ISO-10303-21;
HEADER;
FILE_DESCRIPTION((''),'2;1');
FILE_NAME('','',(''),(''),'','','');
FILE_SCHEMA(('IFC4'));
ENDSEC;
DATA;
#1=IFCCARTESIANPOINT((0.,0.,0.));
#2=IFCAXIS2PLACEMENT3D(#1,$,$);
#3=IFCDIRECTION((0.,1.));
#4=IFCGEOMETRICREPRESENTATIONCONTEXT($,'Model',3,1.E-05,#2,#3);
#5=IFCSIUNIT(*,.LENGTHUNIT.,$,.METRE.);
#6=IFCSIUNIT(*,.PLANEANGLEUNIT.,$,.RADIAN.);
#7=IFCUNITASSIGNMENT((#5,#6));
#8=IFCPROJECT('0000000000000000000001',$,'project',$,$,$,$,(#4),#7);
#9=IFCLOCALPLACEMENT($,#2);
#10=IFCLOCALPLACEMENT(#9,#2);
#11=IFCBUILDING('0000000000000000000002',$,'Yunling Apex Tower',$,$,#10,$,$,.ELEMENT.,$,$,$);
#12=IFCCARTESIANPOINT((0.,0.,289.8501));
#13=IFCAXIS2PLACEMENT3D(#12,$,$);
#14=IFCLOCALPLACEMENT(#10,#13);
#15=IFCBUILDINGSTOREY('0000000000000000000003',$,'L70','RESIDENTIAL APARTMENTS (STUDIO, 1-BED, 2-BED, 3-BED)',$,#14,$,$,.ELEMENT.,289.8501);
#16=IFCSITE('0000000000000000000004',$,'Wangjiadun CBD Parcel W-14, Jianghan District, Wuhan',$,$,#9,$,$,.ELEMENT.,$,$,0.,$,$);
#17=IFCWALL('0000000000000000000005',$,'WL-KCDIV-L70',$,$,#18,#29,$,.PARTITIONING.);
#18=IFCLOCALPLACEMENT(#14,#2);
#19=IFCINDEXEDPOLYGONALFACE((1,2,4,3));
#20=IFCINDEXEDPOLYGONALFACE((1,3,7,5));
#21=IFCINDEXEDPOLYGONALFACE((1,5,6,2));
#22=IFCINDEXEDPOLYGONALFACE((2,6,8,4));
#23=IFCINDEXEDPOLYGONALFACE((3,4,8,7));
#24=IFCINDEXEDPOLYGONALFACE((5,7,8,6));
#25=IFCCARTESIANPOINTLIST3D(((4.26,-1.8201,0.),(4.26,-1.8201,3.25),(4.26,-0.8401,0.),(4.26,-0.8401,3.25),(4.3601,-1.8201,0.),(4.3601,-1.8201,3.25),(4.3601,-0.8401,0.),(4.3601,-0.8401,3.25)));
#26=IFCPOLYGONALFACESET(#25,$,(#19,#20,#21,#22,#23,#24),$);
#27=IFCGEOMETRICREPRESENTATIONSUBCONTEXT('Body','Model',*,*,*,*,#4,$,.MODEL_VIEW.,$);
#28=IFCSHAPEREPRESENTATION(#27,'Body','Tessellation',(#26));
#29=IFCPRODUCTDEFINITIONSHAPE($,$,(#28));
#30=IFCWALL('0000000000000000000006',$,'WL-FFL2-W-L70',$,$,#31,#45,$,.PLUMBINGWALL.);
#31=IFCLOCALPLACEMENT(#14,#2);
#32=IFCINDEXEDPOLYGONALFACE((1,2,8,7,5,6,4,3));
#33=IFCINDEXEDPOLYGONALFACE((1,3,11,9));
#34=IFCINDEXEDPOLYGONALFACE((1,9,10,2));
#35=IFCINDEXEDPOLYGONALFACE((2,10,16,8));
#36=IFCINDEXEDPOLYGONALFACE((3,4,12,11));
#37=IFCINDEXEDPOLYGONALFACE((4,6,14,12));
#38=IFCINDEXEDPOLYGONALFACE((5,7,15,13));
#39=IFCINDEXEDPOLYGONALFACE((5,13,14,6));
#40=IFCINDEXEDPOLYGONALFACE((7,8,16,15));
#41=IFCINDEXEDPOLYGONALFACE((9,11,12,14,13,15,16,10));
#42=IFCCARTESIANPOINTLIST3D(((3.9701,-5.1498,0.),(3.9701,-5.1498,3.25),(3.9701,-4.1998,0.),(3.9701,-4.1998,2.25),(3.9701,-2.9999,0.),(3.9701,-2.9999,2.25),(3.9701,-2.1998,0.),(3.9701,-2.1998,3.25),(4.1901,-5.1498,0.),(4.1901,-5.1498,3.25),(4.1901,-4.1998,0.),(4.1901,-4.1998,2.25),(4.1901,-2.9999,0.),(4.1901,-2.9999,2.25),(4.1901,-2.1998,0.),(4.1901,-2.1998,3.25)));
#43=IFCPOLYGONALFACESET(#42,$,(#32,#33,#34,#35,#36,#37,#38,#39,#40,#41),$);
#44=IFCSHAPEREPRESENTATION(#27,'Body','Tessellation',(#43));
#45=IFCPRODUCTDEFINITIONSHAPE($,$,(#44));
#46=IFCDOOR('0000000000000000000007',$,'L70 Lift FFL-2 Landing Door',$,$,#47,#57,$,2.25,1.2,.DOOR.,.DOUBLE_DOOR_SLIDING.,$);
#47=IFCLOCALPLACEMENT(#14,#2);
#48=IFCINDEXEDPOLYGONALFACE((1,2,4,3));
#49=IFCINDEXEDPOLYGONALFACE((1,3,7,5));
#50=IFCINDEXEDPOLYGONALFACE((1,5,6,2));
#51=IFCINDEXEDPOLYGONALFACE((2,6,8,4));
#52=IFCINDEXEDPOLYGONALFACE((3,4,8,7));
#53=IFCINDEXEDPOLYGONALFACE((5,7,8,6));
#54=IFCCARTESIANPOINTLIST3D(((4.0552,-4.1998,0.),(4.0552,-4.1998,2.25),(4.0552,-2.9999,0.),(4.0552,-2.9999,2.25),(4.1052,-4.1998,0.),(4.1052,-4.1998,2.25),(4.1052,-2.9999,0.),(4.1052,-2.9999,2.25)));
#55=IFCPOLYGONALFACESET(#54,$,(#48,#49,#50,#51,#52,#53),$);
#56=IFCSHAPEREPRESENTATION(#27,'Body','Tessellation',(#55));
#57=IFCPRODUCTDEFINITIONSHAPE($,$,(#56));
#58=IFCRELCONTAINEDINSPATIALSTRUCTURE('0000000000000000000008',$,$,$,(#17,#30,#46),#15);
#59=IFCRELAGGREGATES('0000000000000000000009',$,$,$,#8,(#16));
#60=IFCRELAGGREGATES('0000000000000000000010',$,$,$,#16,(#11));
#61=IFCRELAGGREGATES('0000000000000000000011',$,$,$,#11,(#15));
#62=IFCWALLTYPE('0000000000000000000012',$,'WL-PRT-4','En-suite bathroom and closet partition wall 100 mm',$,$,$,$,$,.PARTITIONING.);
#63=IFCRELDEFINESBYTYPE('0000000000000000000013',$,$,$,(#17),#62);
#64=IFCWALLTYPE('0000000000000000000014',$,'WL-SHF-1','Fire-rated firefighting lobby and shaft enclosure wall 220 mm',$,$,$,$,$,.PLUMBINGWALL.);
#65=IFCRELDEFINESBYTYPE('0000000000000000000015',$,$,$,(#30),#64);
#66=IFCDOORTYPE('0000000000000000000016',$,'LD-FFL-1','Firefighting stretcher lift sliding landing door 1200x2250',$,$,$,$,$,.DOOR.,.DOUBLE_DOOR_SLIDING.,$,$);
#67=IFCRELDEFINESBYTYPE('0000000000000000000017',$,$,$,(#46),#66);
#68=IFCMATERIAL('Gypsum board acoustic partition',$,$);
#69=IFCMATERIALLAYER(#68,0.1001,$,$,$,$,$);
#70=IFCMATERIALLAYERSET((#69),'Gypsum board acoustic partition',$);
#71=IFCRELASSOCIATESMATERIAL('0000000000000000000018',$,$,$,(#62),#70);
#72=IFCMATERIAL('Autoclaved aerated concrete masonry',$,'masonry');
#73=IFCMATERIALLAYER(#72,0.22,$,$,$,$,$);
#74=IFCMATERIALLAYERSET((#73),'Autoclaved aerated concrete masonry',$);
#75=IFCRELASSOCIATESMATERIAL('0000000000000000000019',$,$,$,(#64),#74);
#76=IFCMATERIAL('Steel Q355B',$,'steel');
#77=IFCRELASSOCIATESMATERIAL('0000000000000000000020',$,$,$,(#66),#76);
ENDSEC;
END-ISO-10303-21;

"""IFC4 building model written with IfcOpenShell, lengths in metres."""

from ifc_helpers import new_model, si_unit, direction, frame, frame_2d, origin, place, context, subcontext, project, spatial, rectangle, extrude, material, layer, layer_set, type_object, element, fill, save


model = new_model("IFC4")

# Units and contexts
model_context = context("Model", 3, precision=1e-05, world=origin(), true_north=direction((0.0, 1.0)))
body_context = subcontext(model_context, "Body", "Model", "MODEL_VIEW")
ifc_project = project(units=[si_unit("LENGTHUNIT", "METRE"), si_unit("PLANEANGLEUNIT", "RADIAN")], contexts=[model_context])

# Site, building, storey
site_placement = place(None, origin())
site = spatial("IfcSite", under=ifc_project, at=site_placement, Name="Wangjiadun CBD Parcel W-14, Jianghan District, Wuhan", CompositionType="ELEMENT", RefElevation=0.0)
building_placement = place(site_placement, origin())
building = spatial("IfcBuilding", under=site, at=building_placement, Name="Yunling Apex Tower", CompositionType="ELEMENT")
storey_placement = place(building_placement, frame((0.0, 0.0, 289.8501)))
storey = spatial("IfcBuildingStorey", under=building, at=storey_placement, Name="L70", Description="RESIDENTIAL APARTMENTS (STUDIO, 1-BED, 2-BED, 3-BED)", CompositionType="ELEMENT", Elevation=289.8501)

# Shared definitions
ifc_material_1 = material(Name="Steel Q355B", Category="steel")

# Wall
ifc_material_2 = material(Name="Gypsum board acoustic partition")
ifc_layer_1 = layer(ifc_material_2, 0.1001)
ifc_layer_set_1 = layer_set([ifc_layer_1], Name="Gypsum board acoustic partition")
wall_type_1 = type_object("IfcWallType", Name="WL-PRT-4", Description="En-suite bathroom and closet partition wall 100 mm", PredefinedType="PARTITIONING", material=ifc_layer_set_1)
wall_1_placement = place(storey_placement, frame((4.3101, -1.8201, 0.0), z_axis=(0.0, 0.0, 1.0), x_axis=(0.0, 1.0, 0.0)))
element("IfcWall", 1, at=wall_1_placement, inside=storey, type_object=wall_type_1, Name="WL-KCDIV-L70", PredefinedType="PARTITIONING", context=body_context, shape_type="SweptSolid", body=[
    extrude(rectangle(XDim=0.98, YDim=0.1001, at=frame_2d((0.49, 0.0))), origin(), (0.0, 0.0, 1.0), 3.25),
])

# Wall, opening, door
ifc_material_3 = material(Name="Autoclaved aerated concrete masonry", Category="masonry")
ifc_layer_2 = layer(ifc_material_3, 0.22)
ifc_layer_set_2 = layer_set([ifc_layer_2], Name="Autoclaved aerated concrete masonry")
wall_type_2 = type_object("IfcWallType", Name="WL-SHF-1", Description="Fire-rated firefighting lobby and shaft enclosure wall 220 mm", PredefinedType="PLUMBINGWALL", material=ifc_layer_set_2)
wall_2_placement = place(storey_placement, frame((4.0801, -5.1499, 0.0), z_axis=(0.0, 0.0, 1.0), x_axis=(0.0, 1.0, 0.0)))
wall_2 = element("IfcWall", 2, at=wall_2_placement, inside=storey, type_object=wall_type_2, Name="WL-FFL2-W-L70", PredefinedType="PLUMBINGWALL", context=body_context, shape_type="SweptSolid", body=[
    extrude(rectangle(XDim=2.95, YDim=0.22, at=frame_2d((1.4751, 0.0))), origin(), (0.0, 0.0, 1.0), 3.25),
])
opening_placement = place(wall_2_placement, frame((0.95, 0.0, 0.0)))
opening = element("IfcOpeningElement", 3, at=opening_placement, cuts=wall_2, PredefinedType="OPENING", context=body_context, shape_type="SweptSolid", body=[
    extrude(rectangle(XDim=1.2, YDim=2.25, at=frame_2d((0.6001, 1.125))), frame((0.0, 0.1201, 0.0), z_axis=(0.0, -1.0, 0.0), x_axis=(1.0, 0.0, 0.0)), (0.0, 0.0, 1.0), 0.24),
])
door_type = type_object("IfcDoorType", Name="LD-FFL-1", Description="Firefighting stretcher lift sliding landing door 1200x2250", OperationType="DOUBLE_DOOR_SLIDING", PredefinedType="DOOR", material=ifc_material_1)
door_placement = place(opening_placement, origin())
door = element("IfcDoor", 4, at=door_placement, inside=storey, type_object=door_type, Name="L70 Lift FFL-2 Landing Door", OperationType="DOUBLE_DOOR_SLIDING", OverallHeight=2.25, OverallWidth=1.2, PredefinedType="DOOR", context=body_context, shape_type="SweptSolid", body=[
    extrude(rectangle(XDim=1.2, YDim=2.25, at=frame_2d((0.6001, 1.125))), frame((0.0, 0.0249, 0.0), z_axis=(0.0, -1.0, 0.0), x_axis=(1.0, 0.0, 0.0)), (0.0, 0.0, 1.0), 0.05),
])
fill(opening, door)

save(model, "model.ifc")
